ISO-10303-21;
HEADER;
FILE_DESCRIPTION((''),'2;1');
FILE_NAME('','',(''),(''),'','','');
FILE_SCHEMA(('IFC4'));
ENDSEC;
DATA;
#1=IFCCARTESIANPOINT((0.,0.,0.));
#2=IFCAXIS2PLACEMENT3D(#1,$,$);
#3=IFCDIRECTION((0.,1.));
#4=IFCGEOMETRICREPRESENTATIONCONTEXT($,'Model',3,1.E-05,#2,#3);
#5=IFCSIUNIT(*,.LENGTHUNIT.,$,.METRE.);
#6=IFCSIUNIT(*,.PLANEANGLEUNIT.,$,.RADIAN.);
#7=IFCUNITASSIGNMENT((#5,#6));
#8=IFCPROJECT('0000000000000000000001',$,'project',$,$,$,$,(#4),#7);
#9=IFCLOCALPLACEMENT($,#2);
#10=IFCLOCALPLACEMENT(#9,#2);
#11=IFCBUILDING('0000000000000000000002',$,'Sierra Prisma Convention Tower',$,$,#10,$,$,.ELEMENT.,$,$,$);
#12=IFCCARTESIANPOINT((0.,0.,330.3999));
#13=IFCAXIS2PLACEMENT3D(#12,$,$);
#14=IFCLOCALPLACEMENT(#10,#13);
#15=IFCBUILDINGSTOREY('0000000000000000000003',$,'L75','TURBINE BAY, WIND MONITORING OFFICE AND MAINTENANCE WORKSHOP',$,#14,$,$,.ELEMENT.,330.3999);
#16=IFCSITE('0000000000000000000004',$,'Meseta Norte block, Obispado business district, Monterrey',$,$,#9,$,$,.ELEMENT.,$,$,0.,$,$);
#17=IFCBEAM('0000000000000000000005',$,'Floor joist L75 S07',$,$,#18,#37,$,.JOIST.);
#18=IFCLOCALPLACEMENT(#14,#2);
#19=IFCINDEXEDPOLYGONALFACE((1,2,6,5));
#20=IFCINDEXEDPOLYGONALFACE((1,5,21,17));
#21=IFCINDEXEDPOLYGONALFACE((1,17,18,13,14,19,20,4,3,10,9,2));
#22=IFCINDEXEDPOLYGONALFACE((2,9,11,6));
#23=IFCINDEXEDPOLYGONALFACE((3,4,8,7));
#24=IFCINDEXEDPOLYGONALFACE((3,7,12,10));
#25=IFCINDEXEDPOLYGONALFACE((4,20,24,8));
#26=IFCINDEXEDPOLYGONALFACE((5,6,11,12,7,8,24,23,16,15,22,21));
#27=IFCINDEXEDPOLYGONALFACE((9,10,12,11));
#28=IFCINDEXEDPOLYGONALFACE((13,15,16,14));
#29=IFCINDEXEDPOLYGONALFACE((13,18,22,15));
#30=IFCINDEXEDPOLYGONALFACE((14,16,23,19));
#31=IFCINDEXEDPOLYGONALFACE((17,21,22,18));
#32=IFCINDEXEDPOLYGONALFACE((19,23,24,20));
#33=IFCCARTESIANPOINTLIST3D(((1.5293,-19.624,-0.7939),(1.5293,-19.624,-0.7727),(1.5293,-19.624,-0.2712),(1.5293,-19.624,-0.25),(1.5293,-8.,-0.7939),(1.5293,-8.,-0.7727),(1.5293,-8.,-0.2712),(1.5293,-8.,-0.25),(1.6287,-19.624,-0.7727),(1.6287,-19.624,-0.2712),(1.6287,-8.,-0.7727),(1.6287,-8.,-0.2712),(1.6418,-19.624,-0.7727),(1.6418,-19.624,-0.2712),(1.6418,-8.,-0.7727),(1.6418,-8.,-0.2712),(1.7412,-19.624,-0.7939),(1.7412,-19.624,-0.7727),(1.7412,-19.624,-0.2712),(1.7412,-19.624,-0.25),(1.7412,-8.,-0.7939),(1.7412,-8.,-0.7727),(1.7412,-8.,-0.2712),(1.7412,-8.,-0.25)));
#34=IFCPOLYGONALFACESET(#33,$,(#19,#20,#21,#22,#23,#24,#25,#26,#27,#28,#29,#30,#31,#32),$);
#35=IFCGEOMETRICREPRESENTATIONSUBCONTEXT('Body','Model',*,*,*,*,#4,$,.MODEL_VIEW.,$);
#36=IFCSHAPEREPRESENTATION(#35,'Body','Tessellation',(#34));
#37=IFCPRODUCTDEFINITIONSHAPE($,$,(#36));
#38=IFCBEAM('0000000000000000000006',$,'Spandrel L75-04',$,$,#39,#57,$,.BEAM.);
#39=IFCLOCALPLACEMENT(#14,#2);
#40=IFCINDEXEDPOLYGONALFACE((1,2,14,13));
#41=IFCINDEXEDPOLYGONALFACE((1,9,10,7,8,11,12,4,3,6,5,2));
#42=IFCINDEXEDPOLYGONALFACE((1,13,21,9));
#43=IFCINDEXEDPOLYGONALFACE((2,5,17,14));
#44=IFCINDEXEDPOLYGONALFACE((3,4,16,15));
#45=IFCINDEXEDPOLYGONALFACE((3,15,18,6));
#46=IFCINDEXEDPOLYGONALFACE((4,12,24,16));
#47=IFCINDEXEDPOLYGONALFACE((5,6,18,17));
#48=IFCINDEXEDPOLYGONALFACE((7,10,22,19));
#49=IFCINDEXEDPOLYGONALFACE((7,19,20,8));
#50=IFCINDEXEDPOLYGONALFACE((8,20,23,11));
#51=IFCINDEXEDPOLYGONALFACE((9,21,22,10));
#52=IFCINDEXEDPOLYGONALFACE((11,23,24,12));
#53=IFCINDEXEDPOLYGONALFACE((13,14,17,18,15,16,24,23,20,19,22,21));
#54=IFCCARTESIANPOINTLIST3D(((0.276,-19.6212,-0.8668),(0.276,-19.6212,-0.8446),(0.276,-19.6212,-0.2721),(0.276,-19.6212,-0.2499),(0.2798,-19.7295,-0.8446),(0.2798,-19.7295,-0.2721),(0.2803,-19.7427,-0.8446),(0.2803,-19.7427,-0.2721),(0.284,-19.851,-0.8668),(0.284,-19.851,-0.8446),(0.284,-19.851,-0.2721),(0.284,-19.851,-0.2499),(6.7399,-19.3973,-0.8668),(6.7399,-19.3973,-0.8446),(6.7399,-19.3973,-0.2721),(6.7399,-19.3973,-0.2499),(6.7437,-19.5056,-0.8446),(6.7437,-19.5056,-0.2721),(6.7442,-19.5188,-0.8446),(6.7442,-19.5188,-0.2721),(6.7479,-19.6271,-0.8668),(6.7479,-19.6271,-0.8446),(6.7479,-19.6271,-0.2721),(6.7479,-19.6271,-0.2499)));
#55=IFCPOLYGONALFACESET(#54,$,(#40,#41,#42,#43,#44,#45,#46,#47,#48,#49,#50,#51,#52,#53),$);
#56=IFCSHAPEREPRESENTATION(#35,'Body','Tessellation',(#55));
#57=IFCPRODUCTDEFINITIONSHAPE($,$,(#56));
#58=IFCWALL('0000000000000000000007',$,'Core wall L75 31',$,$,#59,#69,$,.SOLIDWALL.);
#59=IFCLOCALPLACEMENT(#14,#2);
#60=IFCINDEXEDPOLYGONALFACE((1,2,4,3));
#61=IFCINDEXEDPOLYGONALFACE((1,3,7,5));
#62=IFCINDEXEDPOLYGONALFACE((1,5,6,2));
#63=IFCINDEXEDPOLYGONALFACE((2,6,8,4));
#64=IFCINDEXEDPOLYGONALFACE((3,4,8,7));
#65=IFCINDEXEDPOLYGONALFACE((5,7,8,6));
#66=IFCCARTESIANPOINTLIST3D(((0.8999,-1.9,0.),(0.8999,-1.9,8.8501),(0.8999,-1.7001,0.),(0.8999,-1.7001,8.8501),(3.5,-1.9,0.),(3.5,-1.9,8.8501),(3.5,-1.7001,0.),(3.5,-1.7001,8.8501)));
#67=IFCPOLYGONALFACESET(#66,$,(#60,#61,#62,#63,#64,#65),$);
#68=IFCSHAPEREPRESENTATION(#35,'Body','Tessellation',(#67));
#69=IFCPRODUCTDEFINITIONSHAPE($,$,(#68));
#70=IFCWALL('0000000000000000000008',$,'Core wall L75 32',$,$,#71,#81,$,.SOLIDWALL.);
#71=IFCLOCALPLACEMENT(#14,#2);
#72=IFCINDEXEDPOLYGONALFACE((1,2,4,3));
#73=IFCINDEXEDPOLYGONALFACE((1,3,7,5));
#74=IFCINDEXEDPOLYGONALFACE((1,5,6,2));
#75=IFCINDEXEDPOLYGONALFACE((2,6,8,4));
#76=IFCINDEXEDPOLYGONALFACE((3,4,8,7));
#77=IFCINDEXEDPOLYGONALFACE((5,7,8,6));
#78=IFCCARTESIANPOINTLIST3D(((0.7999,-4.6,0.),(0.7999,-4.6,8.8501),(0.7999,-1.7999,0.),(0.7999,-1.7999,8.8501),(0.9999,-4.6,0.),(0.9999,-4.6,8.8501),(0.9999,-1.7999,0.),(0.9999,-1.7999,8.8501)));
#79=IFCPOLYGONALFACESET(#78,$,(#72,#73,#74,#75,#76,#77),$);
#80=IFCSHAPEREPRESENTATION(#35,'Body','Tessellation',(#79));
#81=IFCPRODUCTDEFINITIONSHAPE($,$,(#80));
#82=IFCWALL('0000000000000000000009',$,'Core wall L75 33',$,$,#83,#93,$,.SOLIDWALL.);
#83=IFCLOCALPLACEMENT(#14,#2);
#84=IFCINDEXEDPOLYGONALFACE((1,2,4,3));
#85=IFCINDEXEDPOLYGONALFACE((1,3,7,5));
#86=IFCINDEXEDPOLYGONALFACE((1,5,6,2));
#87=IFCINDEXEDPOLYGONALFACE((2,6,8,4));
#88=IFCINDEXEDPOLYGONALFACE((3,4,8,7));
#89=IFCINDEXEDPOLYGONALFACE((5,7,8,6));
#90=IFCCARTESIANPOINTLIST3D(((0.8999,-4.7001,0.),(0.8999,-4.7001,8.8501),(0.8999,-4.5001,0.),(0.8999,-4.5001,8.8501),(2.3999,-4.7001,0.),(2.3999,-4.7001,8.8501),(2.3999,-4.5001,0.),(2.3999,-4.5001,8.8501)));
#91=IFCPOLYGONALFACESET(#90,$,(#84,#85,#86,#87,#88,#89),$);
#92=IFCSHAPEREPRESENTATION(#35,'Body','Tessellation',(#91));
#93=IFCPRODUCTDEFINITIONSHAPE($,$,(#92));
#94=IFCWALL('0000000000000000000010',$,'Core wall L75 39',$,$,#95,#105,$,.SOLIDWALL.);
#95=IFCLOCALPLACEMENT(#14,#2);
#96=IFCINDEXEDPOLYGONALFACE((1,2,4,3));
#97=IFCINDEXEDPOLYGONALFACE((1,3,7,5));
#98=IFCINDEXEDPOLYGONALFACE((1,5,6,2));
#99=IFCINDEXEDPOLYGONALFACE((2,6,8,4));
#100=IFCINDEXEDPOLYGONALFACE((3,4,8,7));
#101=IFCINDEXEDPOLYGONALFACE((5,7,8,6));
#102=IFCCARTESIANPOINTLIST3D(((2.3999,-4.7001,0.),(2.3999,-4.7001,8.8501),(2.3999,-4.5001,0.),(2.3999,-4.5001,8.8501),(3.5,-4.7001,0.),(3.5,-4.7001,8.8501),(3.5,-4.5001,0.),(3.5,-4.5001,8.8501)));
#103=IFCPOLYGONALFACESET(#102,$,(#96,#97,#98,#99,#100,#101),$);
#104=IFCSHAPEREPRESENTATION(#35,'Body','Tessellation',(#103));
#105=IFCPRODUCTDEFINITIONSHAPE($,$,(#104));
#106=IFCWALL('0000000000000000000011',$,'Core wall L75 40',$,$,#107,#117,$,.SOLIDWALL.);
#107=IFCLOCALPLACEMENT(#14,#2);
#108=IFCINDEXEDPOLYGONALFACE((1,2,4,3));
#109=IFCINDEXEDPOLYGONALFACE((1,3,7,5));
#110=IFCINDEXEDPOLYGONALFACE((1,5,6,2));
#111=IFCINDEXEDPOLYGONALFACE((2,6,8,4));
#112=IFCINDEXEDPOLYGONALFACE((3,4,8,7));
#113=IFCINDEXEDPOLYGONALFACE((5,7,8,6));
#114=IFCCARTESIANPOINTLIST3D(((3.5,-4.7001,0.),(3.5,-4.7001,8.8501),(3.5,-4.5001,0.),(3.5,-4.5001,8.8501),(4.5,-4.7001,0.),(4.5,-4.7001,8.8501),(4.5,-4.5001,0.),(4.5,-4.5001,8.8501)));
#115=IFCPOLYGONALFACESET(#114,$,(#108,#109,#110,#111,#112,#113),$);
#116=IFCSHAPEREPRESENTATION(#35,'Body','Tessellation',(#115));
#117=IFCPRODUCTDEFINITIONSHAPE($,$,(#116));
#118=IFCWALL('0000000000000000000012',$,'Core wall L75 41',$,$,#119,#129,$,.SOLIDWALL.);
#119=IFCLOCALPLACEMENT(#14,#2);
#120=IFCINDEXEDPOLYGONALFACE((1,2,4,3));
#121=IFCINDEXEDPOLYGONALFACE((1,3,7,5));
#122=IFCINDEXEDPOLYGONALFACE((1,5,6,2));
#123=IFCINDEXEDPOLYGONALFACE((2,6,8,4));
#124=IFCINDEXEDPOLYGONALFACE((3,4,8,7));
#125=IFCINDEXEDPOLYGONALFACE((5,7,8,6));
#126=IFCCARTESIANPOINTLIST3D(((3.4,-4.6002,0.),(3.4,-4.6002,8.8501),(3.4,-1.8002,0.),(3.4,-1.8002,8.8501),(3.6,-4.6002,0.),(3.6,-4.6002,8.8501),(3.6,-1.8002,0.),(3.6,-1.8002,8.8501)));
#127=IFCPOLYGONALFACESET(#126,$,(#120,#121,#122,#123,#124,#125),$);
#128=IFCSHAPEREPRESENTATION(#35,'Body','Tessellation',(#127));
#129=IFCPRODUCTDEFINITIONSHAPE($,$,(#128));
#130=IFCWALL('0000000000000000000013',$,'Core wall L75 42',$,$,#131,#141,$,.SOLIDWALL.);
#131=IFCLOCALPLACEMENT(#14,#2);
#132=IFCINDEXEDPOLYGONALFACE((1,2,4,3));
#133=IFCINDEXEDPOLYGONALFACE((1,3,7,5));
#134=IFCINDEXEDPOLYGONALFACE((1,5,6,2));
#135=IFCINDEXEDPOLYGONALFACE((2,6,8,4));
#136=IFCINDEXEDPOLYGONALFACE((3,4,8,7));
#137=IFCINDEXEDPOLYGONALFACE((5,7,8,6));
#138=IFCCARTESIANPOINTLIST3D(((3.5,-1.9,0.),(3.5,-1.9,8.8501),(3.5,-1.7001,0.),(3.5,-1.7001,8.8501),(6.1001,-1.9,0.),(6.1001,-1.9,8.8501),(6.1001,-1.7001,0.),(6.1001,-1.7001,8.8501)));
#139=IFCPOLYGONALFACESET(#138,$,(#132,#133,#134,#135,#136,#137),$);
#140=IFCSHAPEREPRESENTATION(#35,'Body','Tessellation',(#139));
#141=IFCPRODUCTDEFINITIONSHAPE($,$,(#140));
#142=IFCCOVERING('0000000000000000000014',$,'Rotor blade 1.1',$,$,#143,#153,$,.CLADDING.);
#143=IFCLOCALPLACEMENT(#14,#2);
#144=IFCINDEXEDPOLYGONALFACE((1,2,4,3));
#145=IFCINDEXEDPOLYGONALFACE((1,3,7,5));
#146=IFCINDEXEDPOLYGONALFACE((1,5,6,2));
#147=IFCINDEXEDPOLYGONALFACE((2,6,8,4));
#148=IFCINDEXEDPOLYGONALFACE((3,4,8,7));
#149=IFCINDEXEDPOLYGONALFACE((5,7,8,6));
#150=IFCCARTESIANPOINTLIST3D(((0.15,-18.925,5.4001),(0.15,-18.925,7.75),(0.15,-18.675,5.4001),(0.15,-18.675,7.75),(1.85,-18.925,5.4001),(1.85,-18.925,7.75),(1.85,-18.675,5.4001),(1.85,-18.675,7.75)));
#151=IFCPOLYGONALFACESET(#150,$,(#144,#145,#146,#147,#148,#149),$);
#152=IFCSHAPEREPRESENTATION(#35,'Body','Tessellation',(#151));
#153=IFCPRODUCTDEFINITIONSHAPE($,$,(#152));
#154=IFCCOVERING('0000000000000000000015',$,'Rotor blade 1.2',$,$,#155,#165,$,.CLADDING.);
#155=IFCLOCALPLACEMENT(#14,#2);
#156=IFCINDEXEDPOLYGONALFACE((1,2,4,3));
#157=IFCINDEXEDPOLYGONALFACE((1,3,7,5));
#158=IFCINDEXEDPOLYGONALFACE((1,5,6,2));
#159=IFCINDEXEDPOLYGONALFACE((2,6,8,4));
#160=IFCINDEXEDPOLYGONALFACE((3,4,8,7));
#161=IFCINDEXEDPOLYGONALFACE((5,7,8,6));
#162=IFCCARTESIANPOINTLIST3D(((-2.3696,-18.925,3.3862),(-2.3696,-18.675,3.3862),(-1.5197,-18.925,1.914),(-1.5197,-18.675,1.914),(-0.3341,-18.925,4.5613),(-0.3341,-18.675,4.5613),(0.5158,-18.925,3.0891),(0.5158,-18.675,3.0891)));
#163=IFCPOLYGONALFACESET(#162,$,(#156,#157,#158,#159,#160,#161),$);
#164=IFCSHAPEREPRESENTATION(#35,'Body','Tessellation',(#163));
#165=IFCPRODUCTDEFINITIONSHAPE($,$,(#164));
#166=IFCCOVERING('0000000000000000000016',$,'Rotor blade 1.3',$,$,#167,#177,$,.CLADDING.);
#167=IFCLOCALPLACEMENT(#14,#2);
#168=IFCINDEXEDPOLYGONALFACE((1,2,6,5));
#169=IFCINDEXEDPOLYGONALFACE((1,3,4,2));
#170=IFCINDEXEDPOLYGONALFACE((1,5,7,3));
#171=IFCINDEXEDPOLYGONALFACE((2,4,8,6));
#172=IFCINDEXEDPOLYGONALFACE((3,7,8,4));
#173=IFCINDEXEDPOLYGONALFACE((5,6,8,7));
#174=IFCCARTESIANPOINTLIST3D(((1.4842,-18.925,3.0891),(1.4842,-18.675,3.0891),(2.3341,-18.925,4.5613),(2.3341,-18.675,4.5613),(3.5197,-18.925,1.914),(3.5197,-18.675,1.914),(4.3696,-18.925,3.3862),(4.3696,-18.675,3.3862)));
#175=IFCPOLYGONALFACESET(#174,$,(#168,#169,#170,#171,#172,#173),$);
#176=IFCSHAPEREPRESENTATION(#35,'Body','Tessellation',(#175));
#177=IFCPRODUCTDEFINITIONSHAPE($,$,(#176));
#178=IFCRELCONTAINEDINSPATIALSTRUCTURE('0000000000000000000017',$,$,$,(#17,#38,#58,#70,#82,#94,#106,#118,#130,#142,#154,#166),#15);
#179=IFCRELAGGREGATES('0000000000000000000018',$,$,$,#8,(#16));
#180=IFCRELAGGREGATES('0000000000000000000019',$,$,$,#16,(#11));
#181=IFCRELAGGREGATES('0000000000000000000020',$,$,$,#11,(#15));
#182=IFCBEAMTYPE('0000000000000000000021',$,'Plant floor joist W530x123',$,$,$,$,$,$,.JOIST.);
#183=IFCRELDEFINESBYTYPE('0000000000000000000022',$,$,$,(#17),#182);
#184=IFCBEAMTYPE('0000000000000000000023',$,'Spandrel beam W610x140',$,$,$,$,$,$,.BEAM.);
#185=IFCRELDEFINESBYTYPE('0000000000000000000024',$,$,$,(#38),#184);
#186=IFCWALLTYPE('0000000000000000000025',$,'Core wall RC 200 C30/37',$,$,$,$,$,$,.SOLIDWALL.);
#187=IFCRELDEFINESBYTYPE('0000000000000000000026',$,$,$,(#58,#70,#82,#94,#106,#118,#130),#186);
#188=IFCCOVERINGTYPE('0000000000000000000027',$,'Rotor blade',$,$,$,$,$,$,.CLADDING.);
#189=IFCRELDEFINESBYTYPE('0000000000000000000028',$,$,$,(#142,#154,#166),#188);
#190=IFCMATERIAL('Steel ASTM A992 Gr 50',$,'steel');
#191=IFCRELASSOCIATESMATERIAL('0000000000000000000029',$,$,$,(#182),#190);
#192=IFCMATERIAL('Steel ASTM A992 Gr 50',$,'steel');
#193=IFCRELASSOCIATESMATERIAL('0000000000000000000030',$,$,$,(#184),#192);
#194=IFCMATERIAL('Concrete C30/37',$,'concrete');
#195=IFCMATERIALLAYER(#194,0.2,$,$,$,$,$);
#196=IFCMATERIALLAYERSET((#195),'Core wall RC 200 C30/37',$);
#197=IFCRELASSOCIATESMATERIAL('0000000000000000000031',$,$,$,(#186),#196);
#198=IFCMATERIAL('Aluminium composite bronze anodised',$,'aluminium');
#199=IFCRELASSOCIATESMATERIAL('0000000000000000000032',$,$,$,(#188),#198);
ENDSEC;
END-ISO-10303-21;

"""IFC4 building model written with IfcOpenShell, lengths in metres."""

from ifc_helpers import new_model, si_unit, direction, frame, frame_2d, origin, origin_2d, place, context, subcontext, project, spatial, rectangle, i_section, extrude, material, layer, layer_set, material_profile, profile_set, type_object, element, save


model = new_model("IFC4")

# Units and contexts
model_context = context("Model", 3, precision=1e-05, world=origin(), true_north=direction((0.0, 1.0)))
body_context = subcontext(model_context, "Body", "Model", "MODEL_VIEW")
ifc_project = project(units=[si_unit("LENGTHUNIT", "METRE"), si_unit("PLANEANGLEUNIT", "RADIAN")], contexts=[model_context])

# Site, building, storey
site_placement = place(None, origin())
site = spatial("IfcSite", under=ifc_project, at=site_placement, Name="Meseta Norte block, Obispado business district, Monterrey", CompositionType="ELEMENT", RefElevation=0.0)
building_placement = place(site_placement, origin())
building = spatial("IfcBuilding", under=site, at=building_placement, Name="Sierra Prisma Convention Tower", CompositionType="ELEMENT")
storey_placement = place(building_placement, frame((0.0, 0.0, 330.3999)))
storey = spatial("IfcBuildingStorey", under=building, at=storey_placement, Name="L75", Description="TURBINE BAY, WIND MONITORING OFFICE AND MAINTENANCE WORKSHOP", CompositionType="ELEMENT", Elevation=330.3999)

# Beams
ifc_material_1 = material(Name="Steel ASTM A992 Gr 50", Category="steel")
ifc_material_profile_1 = material_profile(ifc_material_1, i_section(OverallWidth=0.2119, OverallDepth=0.5439, WebThickness=0.0132, FlangeThickness=0.0212, at=origin_2d()), Name="W530x123")
ifc_profile_set_1 = profile_set([ifc_material_profile_1], Name="Steel ASTM A992 Gr 50")
beam_type_1 = type_object("IfcBeamType", Name="Plant floor joist W530x123", PredefinedType="JOIST", material=ifc_profile_set_1)
beam_1_placement = place(storey_placement, frame((1.6353, -19.624, -0.522), z_axis=(0.0, 1.0, 0.0), x_axis=(-1.0, 0.0, 0.0)))
element("IfcBeam", 1, at=beam_1_placement, inside=storey, type_object=beam_type_1, Name="Floor joist L75 S07", PredefinedType="JOIST", context=body_context, shape_type="SweptSolid", body=[
    extrude(i_section(OverallWidth=0.2119, OverallDepth=0.5439, WebThickness=0.0132, FlangeThickness=0.0212, at=origin_2d()), origin(), (0.0, 0.0, 1.0), 11.624),
])
ifc_material_2 = material(Name="Steel ASTM A992 Gr 50", Category="steel")
ifc_material_profile_2 = material_profile(ifc_material_2, i_section(OverallWidth=0.23, OverallDepth=0.6169, WebThickness=0.0132, FlangeThickness=0.0222, at=origin_2d()), Name="W610x140")
ifc_profile_set_2 = profile_set([ifc_material_profile_2], Name="Steel ASTM A992 Gr 50")
beam_type_2 = type_object("IfcBeamType", Name="Spandrel beam W610x140", PredefinedType="BEAM", material=ifc_profile_set_2)
beam_2_placement = place(storey_placement, frame((0.28, -19.7361, -0.5583), z_axis=(0.999401, 0.034614, 0.0), x_axis=(-0.034614, 0.999401, 0.0)))
element("IfcBeam", 2, at=beam_2_placement, inside=storey, type_object=beam_type_2, Name="Spandrel L75-04", PredefinedType="BEAM", context=body_context, shape_type="SweptSolid", body=[
    extrude(i_section(OverallWidth=0.23, OverallDepth=0.6169, WebThickness=0.0132, FlangeThickness=0.0222, at=origin_2d()), origin(), (0.0, 0.0, 1.0), 6.4678),
])

# Walls
ifc_material_3 = material(Name="Concrete C30/37", Category="concrete")
ifc_layer = layer(ifc_material_3, 0.2)
ifc_layer_set = layer_set([ifc_layer], Name="Core wall RC 200 C30/37")
wall_type = type_object("IfcWallType", Name="Core wall RC 200 C30/37", PredefinedType="SOLIDWALL", material=ifc_layer_set)
wall_1_placement = place(storey_placement, frame((0.8999, -1.8, 0.0), z_axis=(0.0, 0.0, 1.0), x_axis=(1.0, 0.0, 0.0)))
element("IfcWall", 3, at=wall_1_placement, inside=storey, type_object=wall_type, Name="Core wall L75 31", PredefinedType="SOLIDWALL", context=body_context, shape_type="SweptSolid", body=[
    extrude(rectangle(XDim=2.6001, YDim=0.2, at=frame_2d((1.3, 0.0))), origin(), (0.0, 0.0, 1.0), 8.8501),
])
wall_2_placement = place(storey_placement, frame((0.8999, -1.8, 0.0), z_axis=(0.0, 0.0, 1.0), x_axis=(0.0, -1.0, 0.0)))
element("IfcWall", 4, at=wall_2_placement, inside=storey, type_object=wall_type, Name="Core wall L75 32", PredefinedType="SOLIDWALL", context=body_context, shape_type="SweptSolid", body=[
    extrude(rectangle(XDim=2.8, YDim=0.2, at=frame_2d((1.3999, 0.0))), origin(), (0.0, 0.0, 1.0), 8.8501),
])
wall_3_placement = place(storey_placement, frame((0.8999, -4.6001, 0.0), z_axis=(0.0, 0.0, 1.0), x_axis=(1.0, 0.0, 0.0)))
element("IfcWall", 5, at=wall_3_placement, inside=storey, type_object=wall_type, Name="Core wall L75 33", PredefinedType="SOLIDWALL", context=body_context, shape_type="SweptSolid", body=[
    extrude(rectangle(XDim=1.5, YDim=0.2, at=frame_2d((0.75, 0.0))), origin(), (0.0, 0.0, 1.0), 8.8501),
])

# Walls
wall_4_placement = place(storey_placement, frame((3.5, -4.6001, 0.0), z_axis=(0.0, 0.0, 1.0), x_axis=(-1.0, 0.0, 0.0)))
element("IfcWall", 6, at=wall_4_placement, inside=storey, type_object=wall_type, Name="Core wall L75 39", PredefinedType="SOLIDWALL", context=body_context, shape_type="SweptSolid", body=[
    extrude(rectangle(XDim=1.1001, YDim=0.2, at=frame_2d((0.55, 0.0))), origin(), (0.0, 0.0, 1.0), 8.8501),
])
wall_5_placement = place(storey_placement, frame((4.5, -4.6001, 0.0), z_axis=(0.0, 0.0, 1.0), x_axis=(-1.0, 0.0, 0.0)))
element("IfcWall", 7, at=wall_5_placement, inside=storey, type_object=wall_type, Name="Core wall L75 40", PredefinedType="SOLIDWALL", context=body_context, shape_type="SweptSolid", body=[
    extrude(rectangle(XDim=1.0, YDim=0.2, at=frame_2d((0.5, 0.0))), origin(), (0.0, 0.0, 1.0), 8.8501),
])
wall_6_placement = place(storey_placement, frame((3.5, -4.6001, 0.0), z_axis=(0.0, 0.0, 1.0), x_axis=(0.0, 1.0, 0.0)))
element("IfcWall", 8, at=wall_6_placement, inside=storey, type_object=wall_type, Name="Core wall L75 41", PredefinedType="SOLIDWALL", context=body_context, shape_type="SweptSolid", body=[
    extrude(rectangle(XDim=2.8, YDim=0.2, at=frame_2d((1.3999, 0.0))), origin(), (0.0, 0.0, 1.0), 8.8501),
])
wall_7_placement = place(storey_placement, frame((3.5, -1.8, 0.0), z_axis=(0.0, 0.0, 1.0), x_axis=(1.0, 0.0, 0.0)))
element("IfcWall", 9, at=wall_7_placement, inside=storey, type_object=wall_type, Name="Core wall L75 42", PredefinedType="SOLIDWALL", context=body_context, shape_type="SweptSolid", body=[
    extrude(rectangle(XDim=2.6001, YDim=0.2, at=frame_2d((1.3, 0.0))), origin(), (0.0, 0.0, 1.0), 8.8501),
])

# Coverings
ifc_material_4 = material(Name="Aluminium composite bronze anodised", Category="aluminium")
ifc_material_profile_3 = material_profile(ifc_material_4, rectangle(XDim=0.25, YDim=1.7, at=origin_2d()), Name="ROTOR BLADE 250x1700")
ifc_profile_set_3 = profile_set([ifc_material_profile_3], Name="Aluminium composite bronze anodised")
covering_type_1 = type_object("IfcCoveringType", Name="Rotor blade", PredefinedType="CLADDING", material=ifc_profile_set_3)
covering_1_placement = place(storey_placement, frame((1.0, -18.8, 5.4001), z_axis=(0.0, 0.0, 1.0), x_axis=(0.0, -1.0, 0.0)))
element("IfcCovering", 10, at=covering_1_placement, inside=storey, type_object=covering_type_1, Name="Rotor blade 1.1", PredefinedType="CLADDING", context=body_context, shape_type="SweptSolid", body=[
    extrude(rectangle(XDim=0.25, YDim=1.7, at=origin_2d()), origin(), (0.0, 0.0, 1.0), 2.3499),
])
for number, where, z_axis, x_axis, name in (
    (11, (0.0908, -18.8, 3.8252), (-0.866042, 0.0, -0.499971), (0.0, -1.0, 0.0), "Rotor blade 1.2"),
    (12, (1.9092, -18.8, 3.8252), (0.866042, 0.0, -0.499971), (0.0, 1.0, 0.0), "Rotor blade 1.3"),
):
    element("IfcCovering", number, at=place(storey_placement, frame(where, z_axis=z_axis, x_axis=x_axis)), inside=storey, type_object=covering_type_1, Name=name, PredefinedType="CLADDING", context=body_context, shape_type="SweptSolid", body=[
        extrude(rectangle(XDim=0.25, YDim=1.7, at=origin_2d()), origin(), (0.0, 0.0, 1.0), 2.3503),
    ])

save(model, "model.ifc")
